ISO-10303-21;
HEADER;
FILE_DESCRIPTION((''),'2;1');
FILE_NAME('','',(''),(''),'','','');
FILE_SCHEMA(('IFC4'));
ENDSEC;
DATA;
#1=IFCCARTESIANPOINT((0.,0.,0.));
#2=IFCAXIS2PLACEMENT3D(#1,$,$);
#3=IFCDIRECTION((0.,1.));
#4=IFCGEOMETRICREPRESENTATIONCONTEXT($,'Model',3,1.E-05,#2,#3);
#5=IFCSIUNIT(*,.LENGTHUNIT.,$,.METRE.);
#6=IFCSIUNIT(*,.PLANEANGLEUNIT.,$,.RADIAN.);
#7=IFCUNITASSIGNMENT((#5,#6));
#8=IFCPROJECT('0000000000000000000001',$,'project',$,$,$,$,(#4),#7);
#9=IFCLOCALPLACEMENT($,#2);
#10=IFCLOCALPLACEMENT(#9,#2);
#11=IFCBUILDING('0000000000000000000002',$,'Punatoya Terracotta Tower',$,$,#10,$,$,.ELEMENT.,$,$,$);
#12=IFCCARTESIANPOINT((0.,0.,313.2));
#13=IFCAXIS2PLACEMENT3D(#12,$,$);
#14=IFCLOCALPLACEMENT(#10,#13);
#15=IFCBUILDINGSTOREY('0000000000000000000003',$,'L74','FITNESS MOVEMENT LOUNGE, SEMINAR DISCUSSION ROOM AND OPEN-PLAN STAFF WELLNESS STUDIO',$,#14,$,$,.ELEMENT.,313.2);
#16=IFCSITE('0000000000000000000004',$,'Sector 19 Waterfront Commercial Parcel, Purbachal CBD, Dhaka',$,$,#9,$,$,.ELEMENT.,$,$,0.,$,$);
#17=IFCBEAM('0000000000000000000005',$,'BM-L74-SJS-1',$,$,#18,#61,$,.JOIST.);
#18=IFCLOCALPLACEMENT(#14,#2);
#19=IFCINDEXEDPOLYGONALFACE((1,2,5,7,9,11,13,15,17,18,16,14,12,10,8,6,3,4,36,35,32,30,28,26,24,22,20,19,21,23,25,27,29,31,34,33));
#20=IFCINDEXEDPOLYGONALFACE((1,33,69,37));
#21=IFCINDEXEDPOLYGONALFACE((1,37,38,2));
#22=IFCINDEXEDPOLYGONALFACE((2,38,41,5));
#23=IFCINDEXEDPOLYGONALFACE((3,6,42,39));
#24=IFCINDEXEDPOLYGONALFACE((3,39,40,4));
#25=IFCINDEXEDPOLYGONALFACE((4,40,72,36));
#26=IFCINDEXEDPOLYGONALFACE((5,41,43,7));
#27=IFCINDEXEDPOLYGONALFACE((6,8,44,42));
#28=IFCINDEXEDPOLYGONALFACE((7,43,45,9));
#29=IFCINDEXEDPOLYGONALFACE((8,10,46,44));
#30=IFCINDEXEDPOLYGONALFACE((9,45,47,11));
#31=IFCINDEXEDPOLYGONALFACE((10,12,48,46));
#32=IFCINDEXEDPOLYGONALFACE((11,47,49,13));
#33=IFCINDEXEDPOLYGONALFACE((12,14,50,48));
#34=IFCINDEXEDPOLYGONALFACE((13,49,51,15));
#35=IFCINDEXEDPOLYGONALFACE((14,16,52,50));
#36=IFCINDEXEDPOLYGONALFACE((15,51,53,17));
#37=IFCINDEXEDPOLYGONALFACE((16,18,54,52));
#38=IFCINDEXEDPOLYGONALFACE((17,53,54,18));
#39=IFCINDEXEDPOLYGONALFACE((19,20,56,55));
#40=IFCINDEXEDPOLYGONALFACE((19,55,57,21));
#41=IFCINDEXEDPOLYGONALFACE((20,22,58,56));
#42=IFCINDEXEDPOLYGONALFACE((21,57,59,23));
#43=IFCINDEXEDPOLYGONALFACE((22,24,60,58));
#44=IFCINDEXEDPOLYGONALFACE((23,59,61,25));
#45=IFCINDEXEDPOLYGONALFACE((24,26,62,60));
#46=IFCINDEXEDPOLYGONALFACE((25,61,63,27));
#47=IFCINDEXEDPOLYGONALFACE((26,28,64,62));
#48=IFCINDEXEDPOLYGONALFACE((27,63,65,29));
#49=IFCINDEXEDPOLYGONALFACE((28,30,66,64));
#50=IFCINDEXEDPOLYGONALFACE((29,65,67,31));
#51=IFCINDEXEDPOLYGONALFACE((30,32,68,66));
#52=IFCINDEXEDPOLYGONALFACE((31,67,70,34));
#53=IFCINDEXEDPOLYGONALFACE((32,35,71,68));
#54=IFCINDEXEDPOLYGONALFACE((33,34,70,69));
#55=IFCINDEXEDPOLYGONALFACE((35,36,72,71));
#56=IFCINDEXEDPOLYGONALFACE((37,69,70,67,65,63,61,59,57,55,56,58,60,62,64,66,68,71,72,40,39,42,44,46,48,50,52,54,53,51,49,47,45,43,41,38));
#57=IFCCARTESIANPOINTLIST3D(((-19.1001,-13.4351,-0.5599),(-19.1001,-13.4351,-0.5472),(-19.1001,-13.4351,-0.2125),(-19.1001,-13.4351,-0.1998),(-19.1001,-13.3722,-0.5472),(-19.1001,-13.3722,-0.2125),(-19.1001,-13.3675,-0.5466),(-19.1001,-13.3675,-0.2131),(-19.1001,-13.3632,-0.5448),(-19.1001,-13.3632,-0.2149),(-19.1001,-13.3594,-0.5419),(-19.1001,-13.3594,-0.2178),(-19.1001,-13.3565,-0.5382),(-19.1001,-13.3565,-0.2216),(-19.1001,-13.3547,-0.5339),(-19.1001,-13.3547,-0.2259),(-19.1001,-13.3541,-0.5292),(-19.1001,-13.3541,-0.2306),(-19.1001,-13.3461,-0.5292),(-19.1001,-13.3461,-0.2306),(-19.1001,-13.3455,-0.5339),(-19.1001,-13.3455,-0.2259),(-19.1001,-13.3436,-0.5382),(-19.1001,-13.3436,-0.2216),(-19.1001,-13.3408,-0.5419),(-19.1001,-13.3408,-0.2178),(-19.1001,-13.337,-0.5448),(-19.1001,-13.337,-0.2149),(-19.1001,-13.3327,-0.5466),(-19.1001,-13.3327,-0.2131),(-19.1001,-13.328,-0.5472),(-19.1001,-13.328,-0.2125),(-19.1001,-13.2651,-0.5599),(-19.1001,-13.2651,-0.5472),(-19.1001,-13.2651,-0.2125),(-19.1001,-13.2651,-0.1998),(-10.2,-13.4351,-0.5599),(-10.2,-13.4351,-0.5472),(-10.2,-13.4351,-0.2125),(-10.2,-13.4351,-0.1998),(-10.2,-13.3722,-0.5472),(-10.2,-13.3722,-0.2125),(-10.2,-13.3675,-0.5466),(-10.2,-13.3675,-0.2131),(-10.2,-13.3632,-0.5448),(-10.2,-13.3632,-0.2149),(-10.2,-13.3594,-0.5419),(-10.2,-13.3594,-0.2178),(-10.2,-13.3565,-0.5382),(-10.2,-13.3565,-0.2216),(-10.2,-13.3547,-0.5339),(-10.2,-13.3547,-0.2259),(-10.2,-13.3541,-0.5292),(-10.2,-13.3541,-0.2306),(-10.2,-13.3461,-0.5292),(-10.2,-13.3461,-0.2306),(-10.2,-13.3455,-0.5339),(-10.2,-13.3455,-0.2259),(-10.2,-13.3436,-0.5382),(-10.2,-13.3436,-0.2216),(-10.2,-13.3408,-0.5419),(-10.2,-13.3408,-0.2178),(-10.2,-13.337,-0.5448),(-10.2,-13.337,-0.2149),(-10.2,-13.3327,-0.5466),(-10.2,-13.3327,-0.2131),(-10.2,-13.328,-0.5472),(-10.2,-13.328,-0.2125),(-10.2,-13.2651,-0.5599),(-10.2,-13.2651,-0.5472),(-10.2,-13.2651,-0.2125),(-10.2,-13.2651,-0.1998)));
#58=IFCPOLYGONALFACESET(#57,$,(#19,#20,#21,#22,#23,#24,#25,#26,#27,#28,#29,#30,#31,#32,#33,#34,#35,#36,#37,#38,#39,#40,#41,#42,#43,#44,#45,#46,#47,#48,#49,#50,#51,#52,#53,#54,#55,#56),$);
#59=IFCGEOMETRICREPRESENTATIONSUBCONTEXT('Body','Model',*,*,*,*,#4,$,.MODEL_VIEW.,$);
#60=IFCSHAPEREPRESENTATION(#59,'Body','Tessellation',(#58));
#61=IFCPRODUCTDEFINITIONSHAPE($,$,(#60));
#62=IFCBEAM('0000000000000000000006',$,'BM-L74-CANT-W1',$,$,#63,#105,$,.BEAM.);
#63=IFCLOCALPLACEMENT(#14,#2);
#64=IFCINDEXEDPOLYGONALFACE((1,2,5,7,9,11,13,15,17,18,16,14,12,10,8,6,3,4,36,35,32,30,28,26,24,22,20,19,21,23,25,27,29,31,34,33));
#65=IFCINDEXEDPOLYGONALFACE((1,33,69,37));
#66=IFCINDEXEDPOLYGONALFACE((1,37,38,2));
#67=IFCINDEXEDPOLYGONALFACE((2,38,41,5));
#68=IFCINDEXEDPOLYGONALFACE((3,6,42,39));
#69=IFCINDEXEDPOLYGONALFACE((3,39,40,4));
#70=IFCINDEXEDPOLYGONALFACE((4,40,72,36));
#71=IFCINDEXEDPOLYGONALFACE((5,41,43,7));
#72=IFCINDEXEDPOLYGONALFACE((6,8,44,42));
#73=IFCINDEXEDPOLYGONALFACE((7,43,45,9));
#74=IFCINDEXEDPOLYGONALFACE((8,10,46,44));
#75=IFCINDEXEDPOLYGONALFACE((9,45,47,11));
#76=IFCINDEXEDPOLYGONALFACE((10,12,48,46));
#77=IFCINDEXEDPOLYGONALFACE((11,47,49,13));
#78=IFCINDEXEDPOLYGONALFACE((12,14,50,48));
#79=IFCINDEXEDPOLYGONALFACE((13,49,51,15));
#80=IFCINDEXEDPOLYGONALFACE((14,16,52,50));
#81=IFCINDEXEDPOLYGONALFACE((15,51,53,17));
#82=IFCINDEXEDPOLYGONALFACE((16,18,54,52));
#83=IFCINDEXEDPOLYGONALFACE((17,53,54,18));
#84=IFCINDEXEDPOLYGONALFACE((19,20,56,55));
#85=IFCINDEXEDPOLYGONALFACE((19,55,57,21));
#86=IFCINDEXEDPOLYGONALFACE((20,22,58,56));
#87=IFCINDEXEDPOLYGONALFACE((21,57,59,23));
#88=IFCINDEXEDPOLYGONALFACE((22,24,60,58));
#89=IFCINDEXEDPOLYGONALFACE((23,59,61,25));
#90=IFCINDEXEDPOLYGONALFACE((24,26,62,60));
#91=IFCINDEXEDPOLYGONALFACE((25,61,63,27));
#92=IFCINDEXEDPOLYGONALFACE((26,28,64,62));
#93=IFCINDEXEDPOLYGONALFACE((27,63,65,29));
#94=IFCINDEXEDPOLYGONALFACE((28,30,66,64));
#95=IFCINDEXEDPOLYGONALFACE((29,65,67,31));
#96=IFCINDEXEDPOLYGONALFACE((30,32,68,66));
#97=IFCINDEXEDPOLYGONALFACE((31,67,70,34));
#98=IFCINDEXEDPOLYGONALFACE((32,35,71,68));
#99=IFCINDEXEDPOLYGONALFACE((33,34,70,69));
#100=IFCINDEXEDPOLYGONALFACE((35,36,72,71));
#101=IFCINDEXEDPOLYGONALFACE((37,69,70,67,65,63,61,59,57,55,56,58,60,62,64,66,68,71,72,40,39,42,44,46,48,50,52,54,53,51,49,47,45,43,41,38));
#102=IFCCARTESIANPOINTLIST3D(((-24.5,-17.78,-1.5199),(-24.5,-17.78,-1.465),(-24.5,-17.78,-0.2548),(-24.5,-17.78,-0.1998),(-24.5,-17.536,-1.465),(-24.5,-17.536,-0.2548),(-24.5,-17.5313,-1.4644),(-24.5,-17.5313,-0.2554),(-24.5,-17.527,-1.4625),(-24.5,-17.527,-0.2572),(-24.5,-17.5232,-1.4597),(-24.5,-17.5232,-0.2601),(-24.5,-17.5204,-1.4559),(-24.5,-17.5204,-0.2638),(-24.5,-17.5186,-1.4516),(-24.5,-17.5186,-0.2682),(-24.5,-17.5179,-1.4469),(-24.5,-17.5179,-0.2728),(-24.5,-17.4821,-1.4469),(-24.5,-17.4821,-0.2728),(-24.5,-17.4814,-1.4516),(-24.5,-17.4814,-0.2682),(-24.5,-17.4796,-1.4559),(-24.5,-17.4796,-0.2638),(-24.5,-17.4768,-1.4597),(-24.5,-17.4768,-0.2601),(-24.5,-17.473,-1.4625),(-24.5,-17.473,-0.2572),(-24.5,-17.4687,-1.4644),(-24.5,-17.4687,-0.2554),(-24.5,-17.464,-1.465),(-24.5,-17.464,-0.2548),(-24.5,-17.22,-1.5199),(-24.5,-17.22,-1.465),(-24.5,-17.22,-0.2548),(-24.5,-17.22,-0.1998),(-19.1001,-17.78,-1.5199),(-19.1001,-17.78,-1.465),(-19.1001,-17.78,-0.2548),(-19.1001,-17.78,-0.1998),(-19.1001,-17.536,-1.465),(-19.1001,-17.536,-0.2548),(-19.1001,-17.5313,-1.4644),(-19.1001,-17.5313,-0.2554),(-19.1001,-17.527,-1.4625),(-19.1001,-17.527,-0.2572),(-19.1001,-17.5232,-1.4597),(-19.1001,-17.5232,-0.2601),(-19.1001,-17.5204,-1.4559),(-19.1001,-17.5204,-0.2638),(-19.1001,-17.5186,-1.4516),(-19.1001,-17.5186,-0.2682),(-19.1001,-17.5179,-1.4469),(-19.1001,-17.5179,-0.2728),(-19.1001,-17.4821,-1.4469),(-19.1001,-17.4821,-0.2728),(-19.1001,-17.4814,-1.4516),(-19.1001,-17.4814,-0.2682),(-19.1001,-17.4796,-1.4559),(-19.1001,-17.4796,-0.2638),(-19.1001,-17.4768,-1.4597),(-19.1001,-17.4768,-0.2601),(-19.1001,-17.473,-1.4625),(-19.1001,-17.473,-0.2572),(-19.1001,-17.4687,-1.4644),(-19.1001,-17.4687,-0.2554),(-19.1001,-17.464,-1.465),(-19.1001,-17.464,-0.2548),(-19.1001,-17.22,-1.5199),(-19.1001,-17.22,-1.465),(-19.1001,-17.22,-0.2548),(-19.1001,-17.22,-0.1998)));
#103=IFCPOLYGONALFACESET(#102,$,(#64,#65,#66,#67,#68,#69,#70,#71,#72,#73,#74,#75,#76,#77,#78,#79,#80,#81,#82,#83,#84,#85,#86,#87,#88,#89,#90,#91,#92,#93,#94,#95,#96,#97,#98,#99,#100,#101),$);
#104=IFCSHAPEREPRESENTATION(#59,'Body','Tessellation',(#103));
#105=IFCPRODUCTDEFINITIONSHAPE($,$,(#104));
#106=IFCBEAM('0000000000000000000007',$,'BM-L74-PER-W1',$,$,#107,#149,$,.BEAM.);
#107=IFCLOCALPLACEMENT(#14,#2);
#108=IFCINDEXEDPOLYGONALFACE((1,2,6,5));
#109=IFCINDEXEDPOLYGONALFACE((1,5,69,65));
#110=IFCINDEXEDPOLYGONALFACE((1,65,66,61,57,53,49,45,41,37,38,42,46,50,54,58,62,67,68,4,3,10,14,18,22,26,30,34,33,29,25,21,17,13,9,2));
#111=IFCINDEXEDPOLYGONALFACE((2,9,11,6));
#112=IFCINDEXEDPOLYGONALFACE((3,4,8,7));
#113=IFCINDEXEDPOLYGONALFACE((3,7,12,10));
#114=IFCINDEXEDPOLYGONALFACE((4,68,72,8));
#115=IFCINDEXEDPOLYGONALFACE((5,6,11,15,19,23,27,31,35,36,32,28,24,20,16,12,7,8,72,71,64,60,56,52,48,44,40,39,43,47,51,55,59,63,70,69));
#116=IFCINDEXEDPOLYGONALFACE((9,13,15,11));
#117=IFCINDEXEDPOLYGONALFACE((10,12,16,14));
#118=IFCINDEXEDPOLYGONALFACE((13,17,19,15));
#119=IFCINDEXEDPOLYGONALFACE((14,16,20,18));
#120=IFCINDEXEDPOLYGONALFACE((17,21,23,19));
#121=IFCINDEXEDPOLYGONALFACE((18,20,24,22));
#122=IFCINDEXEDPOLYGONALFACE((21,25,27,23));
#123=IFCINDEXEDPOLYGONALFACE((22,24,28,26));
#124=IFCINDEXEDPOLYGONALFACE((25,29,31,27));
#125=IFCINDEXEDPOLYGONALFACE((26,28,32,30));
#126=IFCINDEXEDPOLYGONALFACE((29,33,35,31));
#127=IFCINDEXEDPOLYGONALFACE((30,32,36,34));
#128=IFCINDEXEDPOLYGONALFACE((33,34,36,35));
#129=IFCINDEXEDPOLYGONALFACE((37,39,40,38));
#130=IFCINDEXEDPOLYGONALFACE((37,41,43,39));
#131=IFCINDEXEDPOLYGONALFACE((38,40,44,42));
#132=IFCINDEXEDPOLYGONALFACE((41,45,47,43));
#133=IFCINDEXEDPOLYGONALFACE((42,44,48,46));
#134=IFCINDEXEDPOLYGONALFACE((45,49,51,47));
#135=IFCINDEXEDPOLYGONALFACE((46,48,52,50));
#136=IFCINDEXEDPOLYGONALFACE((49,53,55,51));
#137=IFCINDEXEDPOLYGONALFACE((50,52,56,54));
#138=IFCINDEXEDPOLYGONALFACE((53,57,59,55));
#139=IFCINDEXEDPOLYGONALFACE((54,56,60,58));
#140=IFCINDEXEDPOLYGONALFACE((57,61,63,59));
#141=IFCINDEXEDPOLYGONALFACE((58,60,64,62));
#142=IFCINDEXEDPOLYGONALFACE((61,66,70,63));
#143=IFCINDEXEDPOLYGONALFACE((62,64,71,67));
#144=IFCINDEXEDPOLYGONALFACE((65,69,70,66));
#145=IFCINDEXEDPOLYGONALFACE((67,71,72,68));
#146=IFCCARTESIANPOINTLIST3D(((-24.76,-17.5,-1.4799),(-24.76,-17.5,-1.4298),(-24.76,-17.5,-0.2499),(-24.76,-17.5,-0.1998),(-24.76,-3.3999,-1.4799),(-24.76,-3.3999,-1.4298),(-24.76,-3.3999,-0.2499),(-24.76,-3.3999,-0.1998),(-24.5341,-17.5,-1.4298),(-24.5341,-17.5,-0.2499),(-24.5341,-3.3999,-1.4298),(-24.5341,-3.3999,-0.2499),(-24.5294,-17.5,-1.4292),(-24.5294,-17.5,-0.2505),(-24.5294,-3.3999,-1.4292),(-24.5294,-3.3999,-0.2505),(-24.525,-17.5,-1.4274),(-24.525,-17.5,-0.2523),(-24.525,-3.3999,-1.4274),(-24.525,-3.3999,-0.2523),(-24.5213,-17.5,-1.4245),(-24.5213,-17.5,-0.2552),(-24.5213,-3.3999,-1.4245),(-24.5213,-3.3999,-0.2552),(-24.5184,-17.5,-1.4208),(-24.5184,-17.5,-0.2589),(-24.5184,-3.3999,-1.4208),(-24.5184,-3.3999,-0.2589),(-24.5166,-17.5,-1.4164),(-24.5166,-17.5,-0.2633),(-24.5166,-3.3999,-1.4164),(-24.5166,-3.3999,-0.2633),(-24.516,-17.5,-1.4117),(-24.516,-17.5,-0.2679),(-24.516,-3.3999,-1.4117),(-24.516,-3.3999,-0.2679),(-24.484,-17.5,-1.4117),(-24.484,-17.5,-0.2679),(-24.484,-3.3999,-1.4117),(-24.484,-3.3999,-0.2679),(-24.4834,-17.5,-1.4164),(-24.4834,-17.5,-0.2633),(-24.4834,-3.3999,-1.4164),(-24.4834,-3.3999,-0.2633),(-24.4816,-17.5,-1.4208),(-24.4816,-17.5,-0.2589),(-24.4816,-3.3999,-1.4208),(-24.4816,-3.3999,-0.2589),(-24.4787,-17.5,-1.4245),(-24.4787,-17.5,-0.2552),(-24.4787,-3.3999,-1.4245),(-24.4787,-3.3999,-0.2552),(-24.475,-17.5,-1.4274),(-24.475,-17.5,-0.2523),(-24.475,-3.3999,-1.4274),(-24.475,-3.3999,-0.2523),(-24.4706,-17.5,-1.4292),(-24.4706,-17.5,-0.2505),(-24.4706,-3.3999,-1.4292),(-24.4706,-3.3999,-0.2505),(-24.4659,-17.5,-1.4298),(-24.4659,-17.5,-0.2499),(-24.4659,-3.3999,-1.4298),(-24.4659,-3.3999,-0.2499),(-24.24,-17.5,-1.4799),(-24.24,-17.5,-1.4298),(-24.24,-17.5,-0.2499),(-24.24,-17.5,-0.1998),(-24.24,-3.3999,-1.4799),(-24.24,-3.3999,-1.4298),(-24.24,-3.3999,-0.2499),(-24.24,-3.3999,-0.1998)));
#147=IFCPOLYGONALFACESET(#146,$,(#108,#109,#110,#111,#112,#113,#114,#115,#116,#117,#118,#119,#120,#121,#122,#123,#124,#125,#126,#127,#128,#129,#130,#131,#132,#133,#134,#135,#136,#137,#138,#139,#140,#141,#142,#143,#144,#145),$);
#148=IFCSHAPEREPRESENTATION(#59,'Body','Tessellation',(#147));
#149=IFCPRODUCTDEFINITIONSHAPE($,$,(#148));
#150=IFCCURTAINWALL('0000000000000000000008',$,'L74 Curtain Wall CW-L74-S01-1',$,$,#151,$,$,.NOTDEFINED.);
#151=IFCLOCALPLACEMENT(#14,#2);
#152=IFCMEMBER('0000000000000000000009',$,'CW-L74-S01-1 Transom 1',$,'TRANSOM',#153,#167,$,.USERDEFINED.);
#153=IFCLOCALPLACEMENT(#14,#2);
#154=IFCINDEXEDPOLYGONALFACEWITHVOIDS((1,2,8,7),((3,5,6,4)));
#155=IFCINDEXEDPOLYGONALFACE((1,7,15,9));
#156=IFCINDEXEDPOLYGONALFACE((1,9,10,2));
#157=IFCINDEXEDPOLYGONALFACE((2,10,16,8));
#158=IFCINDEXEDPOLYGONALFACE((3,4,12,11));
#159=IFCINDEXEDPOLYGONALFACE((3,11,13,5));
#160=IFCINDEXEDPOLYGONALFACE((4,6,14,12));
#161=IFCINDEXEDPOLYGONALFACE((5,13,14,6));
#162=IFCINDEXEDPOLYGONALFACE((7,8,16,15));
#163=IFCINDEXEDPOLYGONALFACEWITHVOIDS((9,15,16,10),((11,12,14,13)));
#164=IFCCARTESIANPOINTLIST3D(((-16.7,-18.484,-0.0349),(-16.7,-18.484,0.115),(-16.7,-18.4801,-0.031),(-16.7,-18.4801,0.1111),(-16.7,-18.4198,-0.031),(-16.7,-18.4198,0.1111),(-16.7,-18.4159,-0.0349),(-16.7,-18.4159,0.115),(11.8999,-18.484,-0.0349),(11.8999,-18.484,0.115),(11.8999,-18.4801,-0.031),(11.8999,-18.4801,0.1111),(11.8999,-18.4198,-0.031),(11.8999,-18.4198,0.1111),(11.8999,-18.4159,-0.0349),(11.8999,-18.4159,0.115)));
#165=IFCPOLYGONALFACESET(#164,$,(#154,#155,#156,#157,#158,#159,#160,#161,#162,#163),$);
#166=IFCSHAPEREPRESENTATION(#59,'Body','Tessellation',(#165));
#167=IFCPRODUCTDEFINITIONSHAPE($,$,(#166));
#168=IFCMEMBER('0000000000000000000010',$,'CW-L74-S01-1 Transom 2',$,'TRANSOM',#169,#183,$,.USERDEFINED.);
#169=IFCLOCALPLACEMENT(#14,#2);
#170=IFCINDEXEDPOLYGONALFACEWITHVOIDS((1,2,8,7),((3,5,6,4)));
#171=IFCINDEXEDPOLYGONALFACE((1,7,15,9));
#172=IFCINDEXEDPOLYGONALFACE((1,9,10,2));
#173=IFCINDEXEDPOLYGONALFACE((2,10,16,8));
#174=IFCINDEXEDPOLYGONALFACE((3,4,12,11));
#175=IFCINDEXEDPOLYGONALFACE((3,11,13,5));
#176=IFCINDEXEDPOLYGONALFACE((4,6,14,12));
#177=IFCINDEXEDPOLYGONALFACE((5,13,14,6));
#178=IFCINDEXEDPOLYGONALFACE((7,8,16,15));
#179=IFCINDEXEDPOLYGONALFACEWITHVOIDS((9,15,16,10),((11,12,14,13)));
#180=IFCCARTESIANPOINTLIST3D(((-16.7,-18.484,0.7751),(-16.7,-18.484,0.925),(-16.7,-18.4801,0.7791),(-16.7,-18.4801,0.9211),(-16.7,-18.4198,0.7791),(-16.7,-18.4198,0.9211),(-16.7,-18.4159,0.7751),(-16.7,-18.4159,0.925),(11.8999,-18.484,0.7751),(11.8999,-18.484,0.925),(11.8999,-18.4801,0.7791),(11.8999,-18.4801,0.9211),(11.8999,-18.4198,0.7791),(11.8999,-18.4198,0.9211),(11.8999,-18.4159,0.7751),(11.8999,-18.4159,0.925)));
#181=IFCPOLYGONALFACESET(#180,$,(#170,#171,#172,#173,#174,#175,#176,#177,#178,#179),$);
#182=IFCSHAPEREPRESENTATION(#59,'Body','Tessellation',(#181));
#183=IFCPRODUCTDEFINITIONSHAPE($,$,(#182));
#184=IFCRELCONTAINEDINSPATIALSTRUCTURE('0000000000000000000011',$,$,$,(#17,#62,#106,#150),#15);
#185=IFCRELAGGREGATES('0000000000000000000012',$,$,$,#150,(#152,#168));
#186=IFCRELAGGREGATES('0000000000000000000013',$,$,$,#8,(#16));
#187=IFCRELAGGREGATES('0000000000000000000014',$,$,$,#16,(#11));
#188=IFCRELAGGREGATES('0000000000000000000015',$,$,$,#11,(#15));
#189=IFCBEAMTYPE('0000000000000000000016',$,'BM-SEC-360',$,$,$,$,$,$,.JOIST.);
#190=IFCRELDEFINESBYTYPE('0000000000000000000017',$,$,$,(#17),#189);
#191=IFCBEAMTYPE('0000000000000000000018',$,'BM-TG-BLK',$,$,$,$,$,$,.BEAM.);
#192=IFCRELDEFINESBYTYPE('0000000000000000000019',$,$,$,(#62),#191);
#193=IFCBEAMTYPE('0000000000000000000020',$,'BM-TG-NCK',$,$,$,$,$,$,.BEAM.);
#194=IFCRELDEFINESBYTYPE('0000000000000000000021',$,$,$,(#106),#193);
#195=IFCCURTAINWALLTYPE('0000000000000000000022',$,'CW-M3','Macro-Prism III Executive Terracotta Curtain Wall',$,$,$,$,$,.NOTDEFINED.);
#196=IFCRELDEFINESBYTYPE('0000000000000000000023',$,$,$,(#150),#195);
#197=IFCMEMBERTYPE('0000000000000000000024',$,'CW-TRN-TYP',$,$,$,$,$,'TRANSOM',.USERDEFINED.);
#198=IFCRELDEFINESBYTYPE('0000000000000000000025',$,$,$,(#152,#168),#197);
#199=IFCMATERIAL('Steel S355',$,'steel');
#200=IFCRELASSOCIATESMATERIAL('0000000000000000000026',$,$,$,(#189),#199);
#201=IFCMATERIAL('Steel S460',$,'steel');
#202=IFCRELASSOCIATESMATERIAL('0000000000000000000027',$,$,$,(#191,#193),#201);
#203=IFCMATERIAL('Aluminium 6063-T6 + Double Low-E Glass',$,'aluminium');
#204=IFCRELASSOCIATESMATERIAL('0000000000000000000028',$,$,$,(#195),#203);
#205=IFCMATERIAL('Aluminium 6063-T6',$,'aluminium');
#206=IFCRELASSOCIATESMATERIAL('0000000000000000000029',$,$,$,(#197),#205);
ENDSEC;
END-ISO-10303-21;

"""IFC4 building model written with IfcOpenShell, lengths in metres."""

from ifc_helpers import new_model, si_unit, direction, frame, origin, origin_2d, place, context, subcontext, project, spatial, hollow_rectangle, i_section, extrude, material, material_profile, profile_set, type_object, element, aggregate, save


model = new_model("IFC4")

# Units and contexts
model_context = context("Model", 3, precision=1e-05, world=origin(), true_north=direction((0.0, 1.0)))
body_context = subcontext(model_context, "Body", "Model", "MODEL_VIEW")
ifc_project = project(units=[si_unit("LENGTHUNIT", "METRE"), si_unit("PLANEANGLEUNIT", "RADIAN")], contexts=[model_context])

# Site, building, storey
site_placement = place(None, origin())
site = spatial("IfcSite", under=ifc_project, at=site_placement, Name="Sector 19 Waterfront Commercial Parcel, Purbachal CBD, Dhaka", CompositionType="ELEMENT", RefElevation=0.0)
building_placement = place(site_placement, origin())
building = spatial("IfcBuilding", under=site, at=building_placement, Name="Punatoya Terracotta Tower", CompositionType="ELEMENT")
storey_placement = place(building_placement, frame((0.0, 0.0, 313.2)))
storey = spatial("IfcBuildingStorey", under=building, at=storey_placement, Name="L74", Description="FITNESS MOVEMENT LOUNGE, SEMINAR DISCUSSION ROOM AND OPEN-PLAN STAFF WELLNESS STUDIO", CompositionType="ELEMENT", Elevation=313.2)

# Shared definitions
ifc_material_1 = material(Name="Steel S460", Category="steel")

# Beams
ifc_material_2 = material(Name="Steel S355", Category="steel")
ifc_material_profile_1 = material_profile(ifc_material_2, i_section(OverallWidth=0.1699, OverallDepth=0.3601, WebThickness=0.0081, FlangeThickness=0.0127, FilletRadius=0.0181, at=origin_2d()))
ifc_profile_set_1 = profile_set([ifc_material_profile_1], Name="Steel S355")
beam_type_1 = type_object("IfcBeamType", Name="BM-SEC-360", PredefinedType="JOIST", material=ifc_profile_set_1)
beam_1_placement = place(storey_placement, frame((-19.1001, -13.3501, -0.3799), z_axis=(1.0, 0.0, 0.0), x_axis=(0.0, 1.0, 0.0)))
element("IfcBeam", 1, at=beam_1_placement, inside=storey, type_object=beam_type_1, Name="BM-L74-SJS-1", PredefinedType="JOIST", context=body_context, shape_type="SweptSolid", body=[
    extrude(i_section(OverallWidth=0.1699, OverallDepth=0.3601, WebThickness=0.0081, FlangeThickness=0.0127, FilletRadius=0.0181, at=origin_2d()), origin(), (0.0, 0.0, 1.0), 8.9001),
])
ifc_material_profile_2 = material_profile(ifc_material_1, i_section(OverallWidth=0.5601, OverallDepth=1.3201, WebThickness=0.0359, FlangeThickness=0.0549, FilletRadius=0.0181, at=origin_2d()))
ifc_profile_set_2 = profile_set([ifc_material_profile_2], Name="Steel S460")
beam_type_2 = type_object("IfcBeamType", Name="BM-TG-BLK", PredefinedType="BEAM", material=ifc_profile_set_2)
beam_2_placement = place(storey_placement, frame((-24.5, -17.5, -0.8599), z_axis=(1.0, 0.0, 0.0), x_axis=(0.0, 1.0, 0.0)))
element("IfcBeam", 2, at=beam_2_placement, inside=storey, type_object=beam_type_2, Name="BM-L74-CANT-W1", PredefinedType="BEAM", context=body_context, shape_type="SweptSolid", body=[
    extrude(i_section(OverallWidth=0.5601, OverallDepth=1.3201, WebThickness=0.0359, FlangeThickness=0.0549, FilletRadius=0.0181, at=origin_2d()), origin(), (0.0, 0.0, 1.0), 5.3999),
])
ifc_material_profile_3 = material_profile(ifc_material_1, i_section(OverallWidth=0.52, OverallDepth=1.28, WebThickness=0.032, FlangeThickness=0.05, FilletRadius=0.0181, at=origin_2d()))
ifc_profile_set_3 = profile_set([ifc_material_profile_3], Name="Steel S460")
beam_type_3 = type_object("IfcBeamType", Name="BM-TG-NCK", PredefinedType="BEAM", material=ifc_profile_set_3)
beam_3_placement = place(storey_placement, frame((-24.5, -17.5, -0.8398), z_axis=(0.0, 1.0, 0.0), x_axis=(-1.0, 0.0, 0.0)))
element("IfcBeam", 3, at=beam_3_placement, inside=storey, type_object=beam_type_3, Name="BM-L74-PER-W1", PredefinedType="BEAM", context=body_context, shape_type="SweptSolid", body=[
    extrude(i_section(OverallWidth=0.52, OverallDepth=1.28, WebThickness=0.032, FlangeThickness=0.05, FilletRadius=0.0181, at=origin_2d()), origin(), (0.0, 0.0, 1.0), 14.1001),
])

# Curtain wall, members
ifc_material_3 = material(Name="Aluminium 6063-T6 + Double Low-E Glass", Category="aluminium")
curtain_wall_type = type_object("IfcCurtainWallType", Name="CW-M3", Description="Macro-Prism III Executive Terracotta Curtain Wall", PredefinedType="NOTDEFINED", material=ifc_material_3)
curtain_wall_placement = place(storey_placement, origin())
curtain_wall = element("IfcCurtainWall", 4, at=curtain_wall_placement, inside=storey, type_object=curtain_wall_type, Name="L74 Curtain Wall CW-L74-S01-1", PredefinedType="NOTDEFINED")
ifc_material_4 = material(Name="Aluminium 6063-T6", Category="aluminium")
ifc_material_profile_4 = material_profile(ifc_material_4, hollow_rectangle(XDim=0.0681, YDim=0.1499, WallThickness=0.0039, at=origin_2d()))
ifc_profile_set_4 = profile_set([ifc_material_profile_4], Name="Aluminium 6063-T6")
member_type_1 = type_object("IfcMemberType", Name="CW-TRN-TYP", ElementType="TRANSOM", PredefinedType="USERDEFINED", material=ifc_profile_set_4)
member_1_placement = place(storey_placement, frame((-16.7, -18.45, 0.04), z_axis=(1.0, 0.0, 0.0), x_axis=(0.0, 1.0, 0.0)))
member_1 = element("IfcMember", 5, at=member_1_placement, type_object=member_type_1, Name="CW-L74-S01-1 Transom 1", ObjectType="TRANSOM", PredefinedType="USERDEFINED", context=body_context, shape_type="SweptSolid", body=[
    extrude(hollow_rectangle(XDim=0.0681, YDim=0.1499, WallThickness=0.0039, at=origin_2d()), origin(), (0.0, 0.0, 1.0), 28.5999),
])
member_2_placement = place(storey_placement, frame((-16.7, -18.45, 0.8501), z_axis=(1.0, 0.0, 0.0), x_axis=(0.0, 1.0, 0.0)))
member_2 = element("IfcMember", 6, at=member_2_placement, type_object=member_type_1, Name="CW-L74-S01-1 Transom 2", ObjectType="TRANSOM", PredefinedType="USERDEFINED", context=body_context, shape_type="SweptSolid", body=[
    extrude(hollow_rectangle(XDim=0.0681, YDim=0.1499, WallThickness=0.0039, at=origin_2d()), origin(), (0.0, 0.0, 1.0), 28.5999),
])
aggregate(curtain_wall, [member_1, member_2])

save(model, "model.ifc")
